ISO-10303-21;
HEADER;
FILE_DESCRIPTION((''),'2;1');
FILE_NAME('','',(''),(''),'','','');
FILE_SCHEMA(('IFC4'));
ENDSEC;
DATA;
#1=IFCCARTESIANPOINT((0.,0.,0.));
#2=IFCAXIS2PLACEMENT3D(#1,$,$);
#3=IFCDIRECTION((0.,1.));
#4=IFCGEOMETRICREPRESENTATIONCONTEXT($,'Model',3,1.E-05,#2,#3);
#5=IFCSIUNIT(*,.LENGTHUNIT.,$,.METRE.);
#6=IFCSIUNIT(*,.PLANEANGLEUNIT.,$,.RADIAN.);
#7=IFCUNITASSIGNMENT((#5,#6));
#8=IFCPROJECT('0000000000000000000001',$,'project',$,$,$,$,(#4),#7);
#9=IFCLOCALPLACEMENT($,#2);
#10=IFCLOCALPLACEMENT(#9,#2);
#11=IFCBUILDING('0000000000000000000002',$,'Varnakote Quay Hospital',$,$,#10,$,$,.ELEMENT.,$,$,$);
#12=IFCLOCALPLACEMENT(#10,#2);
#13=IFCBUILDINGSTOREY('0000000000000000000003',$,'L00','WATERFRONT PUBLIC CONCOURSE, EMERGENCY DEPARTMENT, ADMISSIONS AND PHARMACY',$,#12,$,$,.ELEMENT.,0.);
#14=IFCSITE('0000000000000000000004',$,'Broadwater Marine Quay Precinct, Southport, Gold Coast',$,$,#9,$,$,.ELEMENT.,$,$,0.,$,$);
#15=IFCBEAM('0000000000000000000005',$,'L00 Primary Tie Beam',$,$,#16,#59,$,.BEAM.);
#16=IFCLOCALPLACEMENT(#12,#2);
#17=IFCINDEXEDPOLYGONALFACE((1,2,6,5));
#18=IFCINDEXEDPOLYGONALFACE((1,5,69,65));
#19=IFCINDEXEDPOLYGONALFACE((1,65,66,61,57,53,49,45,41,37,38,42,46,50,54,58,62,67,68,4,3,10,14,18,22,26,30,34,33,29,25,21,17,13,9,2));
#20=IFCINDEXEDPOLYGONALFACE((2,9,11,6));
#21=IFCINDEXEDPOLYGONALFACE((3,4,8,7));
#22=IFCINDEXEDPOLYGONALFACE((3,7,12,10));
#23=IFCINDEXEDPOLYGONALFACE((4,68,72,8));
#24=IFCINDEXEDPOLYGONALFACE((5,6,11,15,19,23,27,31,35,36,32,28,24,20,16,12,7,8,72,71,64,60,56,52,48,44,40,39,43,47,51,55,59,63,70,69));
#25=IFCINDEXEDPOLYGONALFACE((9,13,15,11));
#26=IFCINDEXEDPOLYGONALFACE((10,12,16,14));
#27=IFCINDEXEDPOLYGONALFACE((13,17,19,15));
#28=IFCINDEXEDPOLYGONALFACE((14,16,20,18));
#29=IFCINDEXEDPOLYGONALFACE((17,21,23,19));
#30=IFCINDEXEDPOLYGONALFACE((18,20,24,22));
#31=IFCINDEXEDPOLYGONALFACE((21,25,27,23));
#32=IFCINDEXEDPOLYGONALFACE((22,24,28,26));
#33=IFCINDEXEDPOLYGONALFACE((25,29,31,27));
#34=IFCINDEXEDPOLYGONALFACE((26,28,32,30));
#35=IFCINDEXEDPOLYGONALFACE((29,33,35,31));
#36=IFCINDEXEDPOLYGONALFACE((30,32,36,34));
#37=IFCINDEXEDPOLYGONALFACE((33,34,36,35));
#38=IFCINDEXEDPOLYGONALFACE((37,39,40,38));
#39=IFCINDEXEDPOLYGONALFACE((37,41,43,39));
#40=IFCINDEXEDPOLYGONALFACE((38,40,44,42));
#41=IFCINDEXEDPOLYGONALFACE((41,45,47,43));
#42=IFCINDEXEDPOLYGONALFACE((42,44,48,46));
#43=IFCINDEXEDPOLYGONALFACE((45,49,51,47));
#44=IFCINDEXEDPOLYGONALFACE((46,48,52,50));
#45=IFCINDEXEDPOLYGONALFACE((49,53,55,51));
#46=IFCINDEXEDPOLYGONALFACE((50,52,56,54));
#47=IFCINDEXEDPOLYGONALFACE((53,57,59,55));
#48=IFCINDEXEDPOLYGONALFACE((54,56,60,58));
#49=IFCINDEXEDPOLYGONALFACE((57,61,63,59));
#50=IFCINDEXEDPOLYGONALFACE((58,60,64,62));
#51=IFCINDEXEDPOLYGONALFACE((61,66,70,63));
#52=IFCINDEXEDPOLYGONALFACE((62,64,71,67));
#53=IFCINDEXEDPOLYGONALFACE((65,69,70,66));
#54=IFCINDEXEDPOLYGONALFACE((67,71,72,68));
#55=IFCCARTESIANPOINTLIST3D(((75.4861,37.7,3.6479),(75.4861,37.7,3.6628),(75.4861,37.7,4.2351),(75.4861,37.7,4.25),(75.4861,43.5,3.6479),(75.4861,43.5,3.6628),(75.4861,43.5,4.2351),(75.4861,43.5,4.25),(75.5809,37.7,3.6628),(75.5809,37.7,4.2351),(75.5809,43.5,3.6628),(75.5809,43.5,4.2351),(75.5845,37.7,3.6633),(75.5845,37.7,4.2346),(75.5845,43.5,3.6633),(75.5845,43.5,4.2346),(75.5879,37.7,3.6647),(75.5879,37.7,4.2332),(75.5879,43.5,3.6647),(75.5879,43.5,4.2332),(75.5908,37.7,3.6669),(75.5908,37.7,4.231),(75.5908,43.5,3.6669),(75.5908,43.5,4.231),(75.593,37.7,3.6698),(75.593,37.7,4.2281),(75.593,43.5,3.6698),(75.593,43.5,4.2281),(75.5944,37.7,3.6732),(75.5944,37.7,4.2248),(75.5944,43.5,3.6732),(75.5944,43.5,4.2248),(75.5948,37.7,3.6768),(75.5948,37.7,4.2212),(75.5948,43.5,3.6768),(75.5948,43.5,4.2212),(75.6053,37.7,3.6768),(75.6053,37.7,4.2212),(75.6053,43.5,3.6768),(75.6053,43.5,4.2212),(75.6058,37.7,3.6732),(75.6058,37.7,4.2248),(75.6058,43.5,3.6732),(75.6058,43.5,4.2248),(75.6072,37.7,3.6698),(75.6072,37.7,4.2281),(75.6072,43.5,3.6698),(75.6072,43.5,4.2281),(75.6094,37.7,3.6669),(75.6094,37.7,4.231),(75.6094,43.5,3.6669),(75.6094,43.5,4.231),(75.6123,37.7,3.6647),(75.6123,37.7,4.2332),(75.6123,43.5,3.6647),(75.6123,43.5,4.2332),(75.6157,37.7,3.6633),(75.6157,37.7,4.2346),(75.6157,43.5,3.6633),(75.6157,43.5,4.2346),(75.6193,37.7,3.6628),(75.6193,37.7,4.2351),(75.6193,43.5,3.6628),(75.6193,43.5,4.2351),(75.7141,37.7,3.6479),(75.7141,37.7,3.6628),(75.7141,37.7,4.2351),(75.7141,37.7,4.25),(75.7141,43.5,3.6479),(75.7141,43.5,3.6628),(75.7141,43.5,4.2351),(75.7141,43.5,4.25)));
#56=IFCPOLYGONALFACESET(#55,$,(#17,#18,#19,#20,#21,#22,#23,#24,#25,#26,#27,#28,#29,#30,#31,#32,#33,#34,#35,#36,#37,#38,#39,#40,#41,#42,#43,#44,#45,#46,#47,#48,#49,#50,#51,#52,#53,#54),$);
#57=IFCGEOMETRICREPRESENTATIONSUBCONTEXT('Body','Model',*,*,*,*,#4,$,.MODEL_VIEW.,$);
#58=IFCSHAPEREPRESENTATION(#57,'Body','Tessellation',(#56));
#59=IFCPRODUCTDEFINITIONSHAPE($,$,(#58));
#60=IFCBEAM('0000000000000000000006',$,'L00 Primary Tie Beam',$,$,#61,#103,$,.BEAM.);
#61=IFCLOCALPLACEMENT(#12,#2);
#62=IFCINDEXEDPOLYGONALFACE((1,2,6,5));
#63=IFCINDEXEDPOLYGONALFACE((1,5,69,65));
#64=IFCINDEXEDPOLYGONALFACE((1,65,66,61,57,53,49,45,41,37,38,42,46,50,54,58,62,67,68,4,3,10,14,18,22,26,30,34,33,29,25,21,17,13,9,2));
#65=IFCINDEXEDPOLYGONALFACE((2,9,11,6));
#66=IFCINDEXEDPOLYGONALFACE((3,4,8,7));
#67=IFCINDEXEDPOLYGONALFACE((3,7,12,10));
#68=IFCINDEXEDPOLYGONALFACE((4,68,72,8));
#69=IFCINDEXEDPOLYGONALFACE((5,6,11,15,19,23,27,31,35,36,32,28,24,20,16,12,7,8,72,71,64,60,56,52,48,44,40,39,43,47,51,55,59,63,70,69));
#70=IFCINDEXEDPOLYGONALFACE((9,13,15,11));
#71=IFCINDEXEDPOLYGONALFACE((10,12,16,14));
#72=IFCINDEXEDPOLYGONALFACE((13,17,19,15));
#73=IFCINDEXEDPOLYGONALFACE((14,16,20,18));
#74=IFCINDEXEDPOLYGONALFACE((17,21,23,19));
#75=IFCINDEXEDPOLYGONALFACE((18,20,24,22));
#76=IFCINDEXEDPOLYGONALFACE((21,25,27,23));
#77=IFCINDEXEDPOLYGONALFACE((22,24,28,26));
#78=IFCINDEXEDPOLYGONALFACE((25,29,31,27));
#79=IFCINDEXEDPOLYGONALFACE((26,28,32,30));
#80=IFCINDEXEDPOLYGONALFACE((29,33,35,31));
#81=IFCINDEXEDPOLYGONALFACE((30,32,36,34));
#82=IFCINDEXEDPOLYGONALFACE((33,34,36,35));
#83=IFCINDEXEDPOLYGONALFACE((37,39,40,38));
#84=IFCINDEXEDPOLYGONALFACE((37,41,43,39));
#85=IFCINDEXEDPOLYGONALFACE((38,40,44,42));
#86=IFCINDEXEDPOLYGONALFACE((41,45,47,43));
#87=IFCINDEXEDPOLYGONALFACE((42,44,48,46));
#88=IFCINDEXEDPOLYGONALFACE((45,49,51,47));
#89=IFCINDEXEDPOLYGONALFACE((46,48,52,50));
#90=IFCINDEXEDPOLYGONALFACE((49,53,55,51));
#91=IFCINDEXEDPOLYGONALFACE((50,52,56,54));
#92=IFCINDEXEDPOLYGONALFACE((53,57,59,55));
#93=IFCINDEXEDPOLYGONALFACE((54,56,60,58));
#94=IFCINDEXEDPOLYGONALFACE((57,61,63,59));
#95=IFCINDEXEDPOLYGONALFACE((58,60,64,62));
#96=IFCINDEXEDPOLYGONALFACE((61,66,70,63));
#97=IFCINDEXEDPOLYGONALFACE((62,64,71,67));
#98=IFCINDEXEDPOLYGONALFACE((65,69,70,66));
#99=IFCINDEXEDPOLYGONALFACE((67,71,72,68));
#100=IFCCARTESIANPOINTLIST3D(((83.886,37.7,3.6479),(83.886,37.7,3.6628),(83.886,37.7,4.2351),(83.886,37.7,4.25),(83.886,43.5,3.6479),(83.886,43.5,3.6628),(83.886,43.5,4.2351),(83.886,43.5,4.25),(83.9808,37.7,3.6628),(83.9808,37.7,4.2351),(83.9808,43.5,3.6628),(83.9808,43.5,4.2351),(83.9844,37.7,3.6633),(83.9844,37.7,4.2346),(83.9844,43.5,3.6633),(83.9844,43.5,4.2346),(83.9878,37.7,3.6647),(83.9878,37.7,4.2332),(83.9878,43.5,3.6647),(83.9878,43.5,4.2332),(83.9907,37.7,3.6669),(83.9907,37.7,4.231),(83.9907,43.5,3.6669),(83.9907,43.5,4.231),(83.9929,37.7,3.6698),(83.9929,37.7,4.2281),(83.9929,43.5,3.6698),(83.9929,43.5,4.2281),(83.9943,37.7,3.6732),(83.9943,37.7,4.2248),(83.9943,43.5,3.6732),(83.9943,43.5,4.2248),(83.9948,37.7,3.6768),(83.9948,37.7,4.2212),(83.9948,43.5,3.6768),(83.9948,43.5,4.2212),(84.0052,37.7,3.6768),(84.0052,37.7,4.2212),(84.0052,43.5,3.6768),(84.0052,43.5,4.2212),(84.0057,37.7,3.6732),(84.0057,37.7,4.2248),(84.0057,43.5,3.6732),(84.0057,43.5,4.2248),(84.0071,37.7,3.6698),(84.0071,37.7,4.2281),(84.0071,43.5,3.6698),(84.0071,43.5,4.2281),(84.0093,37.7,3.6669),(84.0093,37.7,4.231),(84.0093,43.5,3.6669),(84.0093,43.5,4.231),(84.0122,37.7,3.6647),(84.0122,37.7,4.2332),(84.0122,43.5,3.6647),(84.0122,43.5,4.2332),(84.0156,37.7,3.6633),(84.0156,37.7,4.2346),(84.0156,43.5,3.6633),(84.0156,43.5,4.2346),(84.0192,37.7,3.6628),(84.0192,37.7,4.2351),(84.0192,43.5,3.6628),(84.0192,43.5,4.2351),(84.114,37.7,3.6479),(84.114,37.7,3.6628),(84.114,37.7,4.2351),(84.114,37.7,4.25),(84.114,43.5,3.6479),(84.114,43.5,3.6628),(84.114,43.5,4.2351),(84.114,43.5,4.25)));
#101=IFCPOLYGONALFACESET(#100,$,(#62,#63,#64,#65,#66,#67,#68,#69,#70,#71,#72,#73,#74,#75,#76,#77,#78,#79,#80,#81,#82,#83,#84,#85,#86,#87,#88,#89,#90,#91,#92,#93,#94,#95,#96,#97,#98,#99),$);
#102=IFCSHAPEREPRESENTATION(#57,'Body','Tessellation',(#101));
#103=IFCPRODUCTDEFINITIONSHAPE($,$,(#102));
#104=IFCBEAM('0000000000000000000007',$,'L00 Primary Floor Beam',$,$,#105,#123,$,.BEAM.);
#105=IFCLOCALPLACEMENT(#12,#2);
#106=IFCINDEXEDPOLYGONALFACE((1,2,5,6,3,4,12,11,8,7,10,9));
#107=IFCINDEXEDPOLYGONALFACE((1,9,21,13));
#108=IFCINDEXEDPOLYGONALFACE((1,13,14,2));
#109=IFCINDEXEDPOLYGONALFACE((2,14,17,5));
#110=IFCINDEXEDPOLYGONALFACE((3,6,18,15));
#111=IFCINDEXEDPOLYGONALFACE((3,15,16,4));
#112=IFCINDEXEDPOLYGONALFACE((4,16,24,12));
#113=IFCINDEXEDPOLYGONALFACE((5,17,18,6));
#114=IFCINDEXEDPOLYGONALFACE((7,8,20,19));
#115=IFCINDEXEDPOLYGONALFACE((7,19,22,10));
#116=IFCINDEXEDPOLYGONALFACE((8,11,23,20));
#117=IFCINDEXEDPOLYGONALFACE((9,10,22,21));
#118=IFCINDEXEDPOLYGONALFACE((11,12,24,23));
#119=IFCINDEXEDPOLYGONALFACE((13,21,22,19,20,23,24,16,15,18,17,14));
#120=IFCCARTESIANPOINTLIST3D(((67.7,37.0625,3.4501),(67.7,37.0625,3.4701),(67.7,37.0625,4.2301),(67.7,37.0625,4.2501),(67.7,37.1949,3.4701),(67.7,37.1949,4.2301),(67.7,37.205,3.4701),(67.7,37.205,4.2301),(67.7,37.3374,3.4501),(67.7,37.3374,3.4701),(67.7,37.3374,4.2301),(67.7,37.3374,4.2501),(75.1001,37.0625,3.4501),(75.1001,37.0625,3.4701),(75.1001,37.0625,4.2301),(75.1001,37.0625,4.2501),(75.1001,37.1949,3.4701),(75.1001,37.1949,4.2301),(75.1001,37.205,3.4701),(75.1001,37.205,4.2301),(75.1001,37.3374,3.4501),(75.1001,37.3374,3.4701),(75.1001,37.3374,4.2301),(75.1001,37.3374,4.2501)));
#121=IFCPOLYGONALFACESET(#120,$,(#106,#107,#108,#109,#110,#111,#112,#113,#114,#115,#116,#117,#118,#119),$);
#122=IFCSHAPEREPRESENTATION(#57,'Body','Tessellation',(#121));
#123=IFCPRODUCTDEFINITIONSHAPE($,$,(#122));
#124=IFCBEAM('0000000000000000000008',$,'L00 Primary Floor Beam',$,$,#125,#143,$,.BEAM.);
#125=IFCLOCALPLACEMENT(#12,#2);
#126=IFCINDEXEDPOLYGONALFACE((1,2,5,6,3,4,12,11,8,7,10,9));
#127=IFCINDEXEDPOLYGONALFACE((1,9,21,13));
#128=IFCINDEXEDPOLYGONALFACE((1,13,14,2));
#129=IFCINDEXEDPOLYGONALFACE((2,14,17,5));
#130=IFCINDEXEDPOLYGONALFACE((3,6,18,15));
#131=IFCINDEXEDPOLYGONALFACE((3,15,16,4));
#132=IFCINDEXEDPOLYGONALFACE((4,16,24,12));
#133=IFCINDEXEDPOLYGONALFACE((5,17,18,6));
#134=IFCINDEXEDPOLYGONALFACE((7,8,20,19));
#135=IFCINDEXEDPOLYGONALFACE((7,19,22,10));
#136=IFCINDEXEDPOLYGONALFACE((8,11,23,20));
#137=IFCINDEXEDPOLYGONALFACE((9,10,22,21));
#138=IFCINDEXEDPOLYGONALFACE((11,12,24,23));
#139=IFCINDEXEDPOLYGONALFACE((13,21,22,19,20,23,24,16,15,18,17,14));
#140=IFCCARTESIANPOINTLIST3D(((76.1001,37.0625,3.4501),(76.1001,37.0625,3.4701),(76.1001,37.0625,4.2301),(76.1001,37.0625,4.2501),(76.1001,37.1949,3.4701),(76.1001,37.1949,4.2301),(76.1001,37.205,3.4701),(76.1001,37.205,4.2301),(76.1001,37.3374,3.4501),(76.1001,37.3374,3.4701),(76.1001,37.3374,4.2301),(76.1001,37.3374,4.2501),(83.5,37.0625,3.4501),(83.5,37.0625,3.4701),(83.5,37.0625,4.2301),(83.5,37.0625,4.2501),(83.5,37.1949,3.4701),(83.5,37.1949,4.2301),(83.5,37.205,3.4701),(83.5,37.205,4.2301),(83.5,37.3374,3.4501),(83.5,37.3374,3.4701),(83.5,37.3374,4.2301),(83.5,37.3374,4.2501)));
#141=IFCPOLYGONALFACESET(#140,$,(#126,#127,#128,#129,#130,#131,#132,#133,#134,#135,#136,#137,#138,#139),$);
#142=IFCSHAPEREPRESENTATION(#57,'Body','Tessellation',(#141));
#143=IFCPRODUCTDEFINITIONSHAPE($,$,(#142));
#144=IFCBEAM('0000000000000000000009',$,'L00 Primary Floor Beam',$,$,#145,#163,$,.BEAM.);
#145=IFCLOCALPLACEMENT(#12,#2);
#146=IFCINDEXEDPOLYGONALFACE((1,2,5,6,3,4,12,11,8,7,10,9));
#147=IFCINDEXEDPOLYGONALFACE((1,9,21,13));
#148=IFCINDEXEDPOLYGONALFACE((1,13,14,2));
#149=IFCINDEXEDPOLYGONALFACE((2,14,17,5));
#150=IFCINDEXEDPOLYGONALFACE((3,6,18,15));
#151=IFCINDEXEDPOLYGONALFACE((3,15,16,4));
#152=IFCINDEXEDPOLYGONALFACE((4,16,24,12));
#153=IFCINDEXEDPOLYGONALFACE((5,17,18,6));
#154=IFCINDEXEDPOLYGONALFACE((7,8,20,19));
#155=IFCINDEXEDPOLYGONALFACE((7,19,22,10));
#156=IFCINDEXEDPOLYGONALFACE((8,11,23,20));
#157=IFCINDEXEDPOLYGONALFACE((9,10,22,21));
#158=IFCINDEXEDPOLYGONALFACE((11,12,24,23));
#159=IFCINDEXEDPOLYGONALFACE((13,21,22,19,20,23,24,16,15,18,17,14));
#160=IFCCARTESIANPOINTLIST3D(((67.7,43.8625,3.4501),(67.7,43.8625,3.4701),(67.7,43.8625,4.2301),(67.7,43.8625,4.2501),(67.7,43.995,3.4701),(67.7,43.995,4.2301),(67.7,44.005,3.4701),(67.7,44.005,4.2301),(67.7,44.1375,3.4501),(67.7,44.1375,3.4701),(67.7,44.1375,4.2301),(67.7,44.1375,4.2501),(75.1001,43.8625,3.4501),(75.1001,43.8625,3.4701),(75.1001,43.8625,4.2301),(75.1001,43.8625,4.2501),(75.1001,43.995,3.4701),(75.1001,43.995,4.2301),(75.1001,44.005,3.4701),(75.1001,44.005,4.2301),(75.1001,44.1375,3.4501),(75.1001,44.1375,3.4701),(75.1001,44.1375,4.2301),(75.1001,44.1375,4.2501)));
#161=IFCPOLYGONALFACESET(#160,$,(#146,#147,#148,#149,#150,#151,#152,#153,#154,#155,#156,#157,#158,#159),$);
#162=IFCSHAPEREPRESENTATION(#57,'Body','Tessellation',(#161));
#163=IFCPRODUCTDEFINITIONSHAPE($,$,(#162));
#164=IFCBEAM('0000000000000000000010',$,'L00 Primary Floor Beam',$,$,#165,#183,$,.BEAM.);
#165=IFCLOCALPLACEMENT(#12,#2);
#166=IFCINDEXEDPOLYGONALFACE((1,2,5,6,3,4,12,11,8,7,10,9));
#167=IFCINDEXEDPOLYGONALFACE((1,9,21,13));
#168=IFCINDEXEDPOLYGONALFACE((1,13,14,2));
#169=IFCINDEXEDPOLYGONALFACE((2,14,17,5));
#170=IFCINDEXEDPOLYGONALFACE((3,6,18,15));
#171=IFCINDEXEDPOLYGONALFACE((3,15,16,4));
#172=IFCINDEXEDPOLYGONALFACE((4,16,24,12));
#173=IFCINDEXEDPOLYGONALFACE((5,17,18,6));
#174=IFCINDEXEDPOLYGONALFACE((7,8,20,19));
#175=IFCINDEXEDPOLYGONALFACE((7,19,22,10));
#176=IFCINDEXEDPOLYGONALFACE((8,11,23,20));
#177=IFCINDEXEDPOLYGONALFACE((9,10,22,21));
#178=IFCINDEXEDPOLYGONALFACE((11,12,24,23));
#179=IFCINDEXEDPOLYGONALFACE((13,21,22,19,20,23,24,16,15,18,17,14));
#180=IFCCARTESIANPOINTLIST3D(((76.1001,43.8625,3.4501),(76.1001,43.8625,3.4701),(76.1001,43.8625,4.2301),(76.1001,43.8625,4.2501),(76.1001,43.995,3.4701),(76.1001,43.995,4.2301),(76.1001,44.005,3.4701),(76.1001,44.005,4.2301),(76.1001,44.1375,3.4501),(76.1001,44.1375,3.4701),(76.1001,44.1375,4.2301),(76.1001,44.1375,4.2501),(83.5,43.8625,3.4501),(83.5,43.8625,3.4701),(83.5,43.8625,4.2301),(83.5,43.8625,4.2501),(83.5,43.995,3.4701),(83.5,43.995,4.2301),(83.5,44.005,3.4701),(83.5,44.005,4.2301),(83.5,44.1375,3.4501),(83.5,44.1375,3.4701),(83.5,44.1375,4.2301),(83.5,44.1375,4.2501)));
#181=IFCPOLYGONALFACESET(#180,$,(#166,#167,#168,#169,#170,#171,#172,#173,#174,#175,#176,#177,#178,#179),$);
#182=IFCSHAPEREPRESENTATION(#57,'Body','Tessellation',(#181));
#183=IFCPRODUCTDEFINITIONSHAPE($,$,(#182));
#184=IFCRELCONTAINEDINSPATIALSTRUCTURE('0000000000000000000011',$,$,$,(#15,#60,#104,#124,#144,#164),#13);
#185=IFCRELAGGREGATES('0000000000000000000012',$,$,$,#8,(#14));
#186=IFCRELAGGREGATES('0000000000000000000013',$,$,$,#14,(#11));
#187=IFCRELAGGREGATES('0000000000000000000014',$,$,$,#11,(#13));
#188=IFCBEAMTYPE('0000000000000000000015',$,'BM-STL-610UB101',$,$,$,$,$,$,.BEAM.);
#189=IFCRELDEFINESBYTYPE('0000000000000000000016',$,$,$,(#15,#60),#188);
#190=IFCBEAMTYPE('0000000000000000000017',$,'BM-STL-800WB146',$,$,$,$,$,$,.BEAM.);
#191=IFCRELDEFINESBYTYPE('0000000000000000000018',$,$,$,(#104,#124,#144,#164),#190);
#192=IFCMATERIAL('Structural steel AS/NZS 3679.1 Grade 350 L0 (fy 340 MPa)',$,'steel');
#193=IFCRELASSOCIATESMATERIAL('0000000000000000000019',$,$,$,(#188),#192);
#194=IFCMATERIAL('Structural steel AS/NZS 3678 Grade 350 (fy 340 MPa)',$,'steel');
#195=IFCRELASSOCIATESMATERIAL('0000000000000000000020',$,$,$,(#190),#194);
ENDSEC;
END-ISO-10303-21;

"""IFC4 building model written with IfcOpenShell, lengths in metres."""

from ifc_helpers import new_model, si_unit, direction, frame, origin, origin_2d, place, context, subcontext, project, spatial, i_section, extrude, material, material_profile, profile_set, type_object, element, save


model = new_model("IFC4")

# Units and contexts
model_context = context("Model", 3, precision=1e-05, world=origin(), true_north=direction((0.0, 1.0)))
body_context = subcontext(model_context, "Body", "Model", "MODEL_VIEW")
ifc_project = project(units=[si_unit("LENGTHUNIT", "METRE"), si_unit("PLANEANGLEUNIT", "RADIAN")], contexts=[model_context])

# Site, building, storey
site_placement = place(None, origin())
site = spatial("IfcSite", under=ifc_project, at=site_placement, Name="Broadwater Marine Quay Precinct, Southport, Gold Coast", CompositionType="ELEMENT", RefElevation=0.0)
building_placement = place(site_placement, origin())
building = spatial("IfcBuilding", under=site, at=building_placement, Name="Varnakote Quay Hospital", CompositionType="ELEMENT")
storey_placement = place(building_placement, origin())
storey = spatial("IfcBuildingStorey", under=building, at=storey_placement, Name="L00", Description="WATERFRONT PUBLIC CONCOURSE, EMERGENCY DEPARTMENT, ADMISSIONS AND PHARMACY", CompositionType="ELEMENT", Elevation=0.0)

# Beams
ifc_material_1 = material(Name="Structural steel AS/NZS 3679.1 Grade 350 L0 (fy 340 MPa)", Category="steel")
ifc_material_profile_1 = material_profile(ifc_material_1, i_section(OverallWidth=0.228, OverallDepth=0.6021, WebThickness=0.0105, FlangeThickness=0.0149, FilletRadius=0.0139, at=origin_2d()), Name="610UB101")
ifc_profile_set_1 = profile_set([ifc_material_profile_1], Name="Structural steel AS/NZS 3679.1 Grade 350 L0 (fy 340 MPa)")
beam_type_1 = type_object("IfcBeamType", Name="BM-STL-610UB101", PredefinedType="BEAM", material=ifc_profile_set_1)
for number, where, z_axis, x_axis, name in (
    (1, (75.6001, 37.7, 3.949), (0.0, 1.0, 0.0), (-1.0, 0.0, 0.0), "L00 Primary Tie Beam"),
    (2, (84.0, 37.7, 3.949), (0.0, 1.0, 0.0), (-1.0, 0.0, 0.0), "L00 Primary Tie Beam"),
):
    element("IfcBeam", number, at=place(storey_placement, frame(where, z_axis=z_axis, x_axis=x_axis)), inside=storey, type_object=beam_type_1, Name=name, PredefinedType="BEAM", context=body_context, shape_type="SweptSolid", body=[
        extrude(i_section(OverallWidth=0.228, OverallDepth=0.6021, WebThickness=0.0105, FlangeThickness=0.0149, FilletRadius=0.0139, at=origin_2d()), origin(), (0.0, 0.0, 1.0), 5.8),
    ])
ifc_material_2 = material(Name="Structural steel AS/NZS 3678 Grade 350 (fy 340 MPa)", Category="steel")
ifc_material_profile_2 = material_profile(ifc_material_2, i_section(OverallWidth=0.2749, OverallDepth=0.8, WebThickness=0.01, FlangeThickness=0.02, at=origin_2d()), Name="800WB146")
ifc_profile_set_2 = profile_set([ifc_material_profile_2], Name="Structural steel AS/NZS 3678 Grade 350 (fy 340 MPa)")
beam_type_2 = type_object("IfcBeamType", Name="BM-STL-800WB146", PredefinedType="BEAM", material=ifc_profile_set_2)
beam_1_placement = place(storey_placement, frame((67.7, 37.2, 3.8501), z_axis=(1.0, 0.0, 0.0), x_axis=(0.0, 1.0, 0.0)))
element("IfcBeam", 3, at=beam_1_placement, inside=storey, type_object=beam_type_2, Name="L00 Primary Floor Beam", PredefinedType="BEAM", context=body_context, shape_type="SweptSolid", body=[
    extrude(i_section(OverallWidth=0.2749, OverallDepth=0.8, WebThickness=0.01, FlangeThickness=0.02, at=origin_2d()), origin(), (0.0, 0.0, 1.0), 7.4001),
])
beam_2_placement = place(storey_placement, frame((76.1001, 37.2, 3.8501), z_axis=(1.0, 0.0, 0.0), x_axis=(0.0, 1.0, 0.0)))
element("IfcBeam", 4, at=beam_2_placement, inside=storey, type_object=beam_type_2, Name="L00 Primary Floor Beam", PredefinedType="BEAM", context=body_context, shape_type="SweptSolid", body=[
    extrude(i_section(OverallWidth=0.2749, OverallDepth=0.8, WebThickness=0.01, FlangeThickness=0.02, at=origin_2d()), origin(), (0.0, 0.0, 1.0), 7.3999),
])
beam_3_placement = place(storey_placement, frame((67.7, 44.0, 3.8501), z_axis=(1.0, 0.0, 0.0), x_axis=(0.0, 1.0, 0.0)))
element("IfcBeam", 5, at=beam_3_placement, inside=storey, type_object=beam_type_2, Name="L00 Primary Floor Beam", PredefinedType="BEAM", context=body_context, shape_type="SweptSolid", body=[
    extrude(i_section(OverallWidth=0.2749, OverallDepth=0.8, WebThickness=0.01, FlangeThickness=0.02, at=origin_2d()), origin(), (0.0, 0.0, 1.0), 7.4001),
])
beam_4_placement = place(storey_placement, frame((76.1001, 44.0, 3.8501), z_axis=(1.0, 0.0, 0.0), x_axis=(0.0, 1.0, 0.0)))
element("IfcBeam", 6, at=beam_4_placement, inside=storey, type_object=beam_type_2, Name="L00 Primary Floor Beam", PredefinedType="BEAM", context=body_context, shape_type="SweptSolid", body=[
    extrude(i_section(OverallWidth=0.2749, OverallDepth=0.8, WebThickness=0.01, FlangeThickness=0.02, at=origin_2d()), origin(), (0.0, 0.0, 1.0), 7.3999),
])

save(model, "model.ifc")
